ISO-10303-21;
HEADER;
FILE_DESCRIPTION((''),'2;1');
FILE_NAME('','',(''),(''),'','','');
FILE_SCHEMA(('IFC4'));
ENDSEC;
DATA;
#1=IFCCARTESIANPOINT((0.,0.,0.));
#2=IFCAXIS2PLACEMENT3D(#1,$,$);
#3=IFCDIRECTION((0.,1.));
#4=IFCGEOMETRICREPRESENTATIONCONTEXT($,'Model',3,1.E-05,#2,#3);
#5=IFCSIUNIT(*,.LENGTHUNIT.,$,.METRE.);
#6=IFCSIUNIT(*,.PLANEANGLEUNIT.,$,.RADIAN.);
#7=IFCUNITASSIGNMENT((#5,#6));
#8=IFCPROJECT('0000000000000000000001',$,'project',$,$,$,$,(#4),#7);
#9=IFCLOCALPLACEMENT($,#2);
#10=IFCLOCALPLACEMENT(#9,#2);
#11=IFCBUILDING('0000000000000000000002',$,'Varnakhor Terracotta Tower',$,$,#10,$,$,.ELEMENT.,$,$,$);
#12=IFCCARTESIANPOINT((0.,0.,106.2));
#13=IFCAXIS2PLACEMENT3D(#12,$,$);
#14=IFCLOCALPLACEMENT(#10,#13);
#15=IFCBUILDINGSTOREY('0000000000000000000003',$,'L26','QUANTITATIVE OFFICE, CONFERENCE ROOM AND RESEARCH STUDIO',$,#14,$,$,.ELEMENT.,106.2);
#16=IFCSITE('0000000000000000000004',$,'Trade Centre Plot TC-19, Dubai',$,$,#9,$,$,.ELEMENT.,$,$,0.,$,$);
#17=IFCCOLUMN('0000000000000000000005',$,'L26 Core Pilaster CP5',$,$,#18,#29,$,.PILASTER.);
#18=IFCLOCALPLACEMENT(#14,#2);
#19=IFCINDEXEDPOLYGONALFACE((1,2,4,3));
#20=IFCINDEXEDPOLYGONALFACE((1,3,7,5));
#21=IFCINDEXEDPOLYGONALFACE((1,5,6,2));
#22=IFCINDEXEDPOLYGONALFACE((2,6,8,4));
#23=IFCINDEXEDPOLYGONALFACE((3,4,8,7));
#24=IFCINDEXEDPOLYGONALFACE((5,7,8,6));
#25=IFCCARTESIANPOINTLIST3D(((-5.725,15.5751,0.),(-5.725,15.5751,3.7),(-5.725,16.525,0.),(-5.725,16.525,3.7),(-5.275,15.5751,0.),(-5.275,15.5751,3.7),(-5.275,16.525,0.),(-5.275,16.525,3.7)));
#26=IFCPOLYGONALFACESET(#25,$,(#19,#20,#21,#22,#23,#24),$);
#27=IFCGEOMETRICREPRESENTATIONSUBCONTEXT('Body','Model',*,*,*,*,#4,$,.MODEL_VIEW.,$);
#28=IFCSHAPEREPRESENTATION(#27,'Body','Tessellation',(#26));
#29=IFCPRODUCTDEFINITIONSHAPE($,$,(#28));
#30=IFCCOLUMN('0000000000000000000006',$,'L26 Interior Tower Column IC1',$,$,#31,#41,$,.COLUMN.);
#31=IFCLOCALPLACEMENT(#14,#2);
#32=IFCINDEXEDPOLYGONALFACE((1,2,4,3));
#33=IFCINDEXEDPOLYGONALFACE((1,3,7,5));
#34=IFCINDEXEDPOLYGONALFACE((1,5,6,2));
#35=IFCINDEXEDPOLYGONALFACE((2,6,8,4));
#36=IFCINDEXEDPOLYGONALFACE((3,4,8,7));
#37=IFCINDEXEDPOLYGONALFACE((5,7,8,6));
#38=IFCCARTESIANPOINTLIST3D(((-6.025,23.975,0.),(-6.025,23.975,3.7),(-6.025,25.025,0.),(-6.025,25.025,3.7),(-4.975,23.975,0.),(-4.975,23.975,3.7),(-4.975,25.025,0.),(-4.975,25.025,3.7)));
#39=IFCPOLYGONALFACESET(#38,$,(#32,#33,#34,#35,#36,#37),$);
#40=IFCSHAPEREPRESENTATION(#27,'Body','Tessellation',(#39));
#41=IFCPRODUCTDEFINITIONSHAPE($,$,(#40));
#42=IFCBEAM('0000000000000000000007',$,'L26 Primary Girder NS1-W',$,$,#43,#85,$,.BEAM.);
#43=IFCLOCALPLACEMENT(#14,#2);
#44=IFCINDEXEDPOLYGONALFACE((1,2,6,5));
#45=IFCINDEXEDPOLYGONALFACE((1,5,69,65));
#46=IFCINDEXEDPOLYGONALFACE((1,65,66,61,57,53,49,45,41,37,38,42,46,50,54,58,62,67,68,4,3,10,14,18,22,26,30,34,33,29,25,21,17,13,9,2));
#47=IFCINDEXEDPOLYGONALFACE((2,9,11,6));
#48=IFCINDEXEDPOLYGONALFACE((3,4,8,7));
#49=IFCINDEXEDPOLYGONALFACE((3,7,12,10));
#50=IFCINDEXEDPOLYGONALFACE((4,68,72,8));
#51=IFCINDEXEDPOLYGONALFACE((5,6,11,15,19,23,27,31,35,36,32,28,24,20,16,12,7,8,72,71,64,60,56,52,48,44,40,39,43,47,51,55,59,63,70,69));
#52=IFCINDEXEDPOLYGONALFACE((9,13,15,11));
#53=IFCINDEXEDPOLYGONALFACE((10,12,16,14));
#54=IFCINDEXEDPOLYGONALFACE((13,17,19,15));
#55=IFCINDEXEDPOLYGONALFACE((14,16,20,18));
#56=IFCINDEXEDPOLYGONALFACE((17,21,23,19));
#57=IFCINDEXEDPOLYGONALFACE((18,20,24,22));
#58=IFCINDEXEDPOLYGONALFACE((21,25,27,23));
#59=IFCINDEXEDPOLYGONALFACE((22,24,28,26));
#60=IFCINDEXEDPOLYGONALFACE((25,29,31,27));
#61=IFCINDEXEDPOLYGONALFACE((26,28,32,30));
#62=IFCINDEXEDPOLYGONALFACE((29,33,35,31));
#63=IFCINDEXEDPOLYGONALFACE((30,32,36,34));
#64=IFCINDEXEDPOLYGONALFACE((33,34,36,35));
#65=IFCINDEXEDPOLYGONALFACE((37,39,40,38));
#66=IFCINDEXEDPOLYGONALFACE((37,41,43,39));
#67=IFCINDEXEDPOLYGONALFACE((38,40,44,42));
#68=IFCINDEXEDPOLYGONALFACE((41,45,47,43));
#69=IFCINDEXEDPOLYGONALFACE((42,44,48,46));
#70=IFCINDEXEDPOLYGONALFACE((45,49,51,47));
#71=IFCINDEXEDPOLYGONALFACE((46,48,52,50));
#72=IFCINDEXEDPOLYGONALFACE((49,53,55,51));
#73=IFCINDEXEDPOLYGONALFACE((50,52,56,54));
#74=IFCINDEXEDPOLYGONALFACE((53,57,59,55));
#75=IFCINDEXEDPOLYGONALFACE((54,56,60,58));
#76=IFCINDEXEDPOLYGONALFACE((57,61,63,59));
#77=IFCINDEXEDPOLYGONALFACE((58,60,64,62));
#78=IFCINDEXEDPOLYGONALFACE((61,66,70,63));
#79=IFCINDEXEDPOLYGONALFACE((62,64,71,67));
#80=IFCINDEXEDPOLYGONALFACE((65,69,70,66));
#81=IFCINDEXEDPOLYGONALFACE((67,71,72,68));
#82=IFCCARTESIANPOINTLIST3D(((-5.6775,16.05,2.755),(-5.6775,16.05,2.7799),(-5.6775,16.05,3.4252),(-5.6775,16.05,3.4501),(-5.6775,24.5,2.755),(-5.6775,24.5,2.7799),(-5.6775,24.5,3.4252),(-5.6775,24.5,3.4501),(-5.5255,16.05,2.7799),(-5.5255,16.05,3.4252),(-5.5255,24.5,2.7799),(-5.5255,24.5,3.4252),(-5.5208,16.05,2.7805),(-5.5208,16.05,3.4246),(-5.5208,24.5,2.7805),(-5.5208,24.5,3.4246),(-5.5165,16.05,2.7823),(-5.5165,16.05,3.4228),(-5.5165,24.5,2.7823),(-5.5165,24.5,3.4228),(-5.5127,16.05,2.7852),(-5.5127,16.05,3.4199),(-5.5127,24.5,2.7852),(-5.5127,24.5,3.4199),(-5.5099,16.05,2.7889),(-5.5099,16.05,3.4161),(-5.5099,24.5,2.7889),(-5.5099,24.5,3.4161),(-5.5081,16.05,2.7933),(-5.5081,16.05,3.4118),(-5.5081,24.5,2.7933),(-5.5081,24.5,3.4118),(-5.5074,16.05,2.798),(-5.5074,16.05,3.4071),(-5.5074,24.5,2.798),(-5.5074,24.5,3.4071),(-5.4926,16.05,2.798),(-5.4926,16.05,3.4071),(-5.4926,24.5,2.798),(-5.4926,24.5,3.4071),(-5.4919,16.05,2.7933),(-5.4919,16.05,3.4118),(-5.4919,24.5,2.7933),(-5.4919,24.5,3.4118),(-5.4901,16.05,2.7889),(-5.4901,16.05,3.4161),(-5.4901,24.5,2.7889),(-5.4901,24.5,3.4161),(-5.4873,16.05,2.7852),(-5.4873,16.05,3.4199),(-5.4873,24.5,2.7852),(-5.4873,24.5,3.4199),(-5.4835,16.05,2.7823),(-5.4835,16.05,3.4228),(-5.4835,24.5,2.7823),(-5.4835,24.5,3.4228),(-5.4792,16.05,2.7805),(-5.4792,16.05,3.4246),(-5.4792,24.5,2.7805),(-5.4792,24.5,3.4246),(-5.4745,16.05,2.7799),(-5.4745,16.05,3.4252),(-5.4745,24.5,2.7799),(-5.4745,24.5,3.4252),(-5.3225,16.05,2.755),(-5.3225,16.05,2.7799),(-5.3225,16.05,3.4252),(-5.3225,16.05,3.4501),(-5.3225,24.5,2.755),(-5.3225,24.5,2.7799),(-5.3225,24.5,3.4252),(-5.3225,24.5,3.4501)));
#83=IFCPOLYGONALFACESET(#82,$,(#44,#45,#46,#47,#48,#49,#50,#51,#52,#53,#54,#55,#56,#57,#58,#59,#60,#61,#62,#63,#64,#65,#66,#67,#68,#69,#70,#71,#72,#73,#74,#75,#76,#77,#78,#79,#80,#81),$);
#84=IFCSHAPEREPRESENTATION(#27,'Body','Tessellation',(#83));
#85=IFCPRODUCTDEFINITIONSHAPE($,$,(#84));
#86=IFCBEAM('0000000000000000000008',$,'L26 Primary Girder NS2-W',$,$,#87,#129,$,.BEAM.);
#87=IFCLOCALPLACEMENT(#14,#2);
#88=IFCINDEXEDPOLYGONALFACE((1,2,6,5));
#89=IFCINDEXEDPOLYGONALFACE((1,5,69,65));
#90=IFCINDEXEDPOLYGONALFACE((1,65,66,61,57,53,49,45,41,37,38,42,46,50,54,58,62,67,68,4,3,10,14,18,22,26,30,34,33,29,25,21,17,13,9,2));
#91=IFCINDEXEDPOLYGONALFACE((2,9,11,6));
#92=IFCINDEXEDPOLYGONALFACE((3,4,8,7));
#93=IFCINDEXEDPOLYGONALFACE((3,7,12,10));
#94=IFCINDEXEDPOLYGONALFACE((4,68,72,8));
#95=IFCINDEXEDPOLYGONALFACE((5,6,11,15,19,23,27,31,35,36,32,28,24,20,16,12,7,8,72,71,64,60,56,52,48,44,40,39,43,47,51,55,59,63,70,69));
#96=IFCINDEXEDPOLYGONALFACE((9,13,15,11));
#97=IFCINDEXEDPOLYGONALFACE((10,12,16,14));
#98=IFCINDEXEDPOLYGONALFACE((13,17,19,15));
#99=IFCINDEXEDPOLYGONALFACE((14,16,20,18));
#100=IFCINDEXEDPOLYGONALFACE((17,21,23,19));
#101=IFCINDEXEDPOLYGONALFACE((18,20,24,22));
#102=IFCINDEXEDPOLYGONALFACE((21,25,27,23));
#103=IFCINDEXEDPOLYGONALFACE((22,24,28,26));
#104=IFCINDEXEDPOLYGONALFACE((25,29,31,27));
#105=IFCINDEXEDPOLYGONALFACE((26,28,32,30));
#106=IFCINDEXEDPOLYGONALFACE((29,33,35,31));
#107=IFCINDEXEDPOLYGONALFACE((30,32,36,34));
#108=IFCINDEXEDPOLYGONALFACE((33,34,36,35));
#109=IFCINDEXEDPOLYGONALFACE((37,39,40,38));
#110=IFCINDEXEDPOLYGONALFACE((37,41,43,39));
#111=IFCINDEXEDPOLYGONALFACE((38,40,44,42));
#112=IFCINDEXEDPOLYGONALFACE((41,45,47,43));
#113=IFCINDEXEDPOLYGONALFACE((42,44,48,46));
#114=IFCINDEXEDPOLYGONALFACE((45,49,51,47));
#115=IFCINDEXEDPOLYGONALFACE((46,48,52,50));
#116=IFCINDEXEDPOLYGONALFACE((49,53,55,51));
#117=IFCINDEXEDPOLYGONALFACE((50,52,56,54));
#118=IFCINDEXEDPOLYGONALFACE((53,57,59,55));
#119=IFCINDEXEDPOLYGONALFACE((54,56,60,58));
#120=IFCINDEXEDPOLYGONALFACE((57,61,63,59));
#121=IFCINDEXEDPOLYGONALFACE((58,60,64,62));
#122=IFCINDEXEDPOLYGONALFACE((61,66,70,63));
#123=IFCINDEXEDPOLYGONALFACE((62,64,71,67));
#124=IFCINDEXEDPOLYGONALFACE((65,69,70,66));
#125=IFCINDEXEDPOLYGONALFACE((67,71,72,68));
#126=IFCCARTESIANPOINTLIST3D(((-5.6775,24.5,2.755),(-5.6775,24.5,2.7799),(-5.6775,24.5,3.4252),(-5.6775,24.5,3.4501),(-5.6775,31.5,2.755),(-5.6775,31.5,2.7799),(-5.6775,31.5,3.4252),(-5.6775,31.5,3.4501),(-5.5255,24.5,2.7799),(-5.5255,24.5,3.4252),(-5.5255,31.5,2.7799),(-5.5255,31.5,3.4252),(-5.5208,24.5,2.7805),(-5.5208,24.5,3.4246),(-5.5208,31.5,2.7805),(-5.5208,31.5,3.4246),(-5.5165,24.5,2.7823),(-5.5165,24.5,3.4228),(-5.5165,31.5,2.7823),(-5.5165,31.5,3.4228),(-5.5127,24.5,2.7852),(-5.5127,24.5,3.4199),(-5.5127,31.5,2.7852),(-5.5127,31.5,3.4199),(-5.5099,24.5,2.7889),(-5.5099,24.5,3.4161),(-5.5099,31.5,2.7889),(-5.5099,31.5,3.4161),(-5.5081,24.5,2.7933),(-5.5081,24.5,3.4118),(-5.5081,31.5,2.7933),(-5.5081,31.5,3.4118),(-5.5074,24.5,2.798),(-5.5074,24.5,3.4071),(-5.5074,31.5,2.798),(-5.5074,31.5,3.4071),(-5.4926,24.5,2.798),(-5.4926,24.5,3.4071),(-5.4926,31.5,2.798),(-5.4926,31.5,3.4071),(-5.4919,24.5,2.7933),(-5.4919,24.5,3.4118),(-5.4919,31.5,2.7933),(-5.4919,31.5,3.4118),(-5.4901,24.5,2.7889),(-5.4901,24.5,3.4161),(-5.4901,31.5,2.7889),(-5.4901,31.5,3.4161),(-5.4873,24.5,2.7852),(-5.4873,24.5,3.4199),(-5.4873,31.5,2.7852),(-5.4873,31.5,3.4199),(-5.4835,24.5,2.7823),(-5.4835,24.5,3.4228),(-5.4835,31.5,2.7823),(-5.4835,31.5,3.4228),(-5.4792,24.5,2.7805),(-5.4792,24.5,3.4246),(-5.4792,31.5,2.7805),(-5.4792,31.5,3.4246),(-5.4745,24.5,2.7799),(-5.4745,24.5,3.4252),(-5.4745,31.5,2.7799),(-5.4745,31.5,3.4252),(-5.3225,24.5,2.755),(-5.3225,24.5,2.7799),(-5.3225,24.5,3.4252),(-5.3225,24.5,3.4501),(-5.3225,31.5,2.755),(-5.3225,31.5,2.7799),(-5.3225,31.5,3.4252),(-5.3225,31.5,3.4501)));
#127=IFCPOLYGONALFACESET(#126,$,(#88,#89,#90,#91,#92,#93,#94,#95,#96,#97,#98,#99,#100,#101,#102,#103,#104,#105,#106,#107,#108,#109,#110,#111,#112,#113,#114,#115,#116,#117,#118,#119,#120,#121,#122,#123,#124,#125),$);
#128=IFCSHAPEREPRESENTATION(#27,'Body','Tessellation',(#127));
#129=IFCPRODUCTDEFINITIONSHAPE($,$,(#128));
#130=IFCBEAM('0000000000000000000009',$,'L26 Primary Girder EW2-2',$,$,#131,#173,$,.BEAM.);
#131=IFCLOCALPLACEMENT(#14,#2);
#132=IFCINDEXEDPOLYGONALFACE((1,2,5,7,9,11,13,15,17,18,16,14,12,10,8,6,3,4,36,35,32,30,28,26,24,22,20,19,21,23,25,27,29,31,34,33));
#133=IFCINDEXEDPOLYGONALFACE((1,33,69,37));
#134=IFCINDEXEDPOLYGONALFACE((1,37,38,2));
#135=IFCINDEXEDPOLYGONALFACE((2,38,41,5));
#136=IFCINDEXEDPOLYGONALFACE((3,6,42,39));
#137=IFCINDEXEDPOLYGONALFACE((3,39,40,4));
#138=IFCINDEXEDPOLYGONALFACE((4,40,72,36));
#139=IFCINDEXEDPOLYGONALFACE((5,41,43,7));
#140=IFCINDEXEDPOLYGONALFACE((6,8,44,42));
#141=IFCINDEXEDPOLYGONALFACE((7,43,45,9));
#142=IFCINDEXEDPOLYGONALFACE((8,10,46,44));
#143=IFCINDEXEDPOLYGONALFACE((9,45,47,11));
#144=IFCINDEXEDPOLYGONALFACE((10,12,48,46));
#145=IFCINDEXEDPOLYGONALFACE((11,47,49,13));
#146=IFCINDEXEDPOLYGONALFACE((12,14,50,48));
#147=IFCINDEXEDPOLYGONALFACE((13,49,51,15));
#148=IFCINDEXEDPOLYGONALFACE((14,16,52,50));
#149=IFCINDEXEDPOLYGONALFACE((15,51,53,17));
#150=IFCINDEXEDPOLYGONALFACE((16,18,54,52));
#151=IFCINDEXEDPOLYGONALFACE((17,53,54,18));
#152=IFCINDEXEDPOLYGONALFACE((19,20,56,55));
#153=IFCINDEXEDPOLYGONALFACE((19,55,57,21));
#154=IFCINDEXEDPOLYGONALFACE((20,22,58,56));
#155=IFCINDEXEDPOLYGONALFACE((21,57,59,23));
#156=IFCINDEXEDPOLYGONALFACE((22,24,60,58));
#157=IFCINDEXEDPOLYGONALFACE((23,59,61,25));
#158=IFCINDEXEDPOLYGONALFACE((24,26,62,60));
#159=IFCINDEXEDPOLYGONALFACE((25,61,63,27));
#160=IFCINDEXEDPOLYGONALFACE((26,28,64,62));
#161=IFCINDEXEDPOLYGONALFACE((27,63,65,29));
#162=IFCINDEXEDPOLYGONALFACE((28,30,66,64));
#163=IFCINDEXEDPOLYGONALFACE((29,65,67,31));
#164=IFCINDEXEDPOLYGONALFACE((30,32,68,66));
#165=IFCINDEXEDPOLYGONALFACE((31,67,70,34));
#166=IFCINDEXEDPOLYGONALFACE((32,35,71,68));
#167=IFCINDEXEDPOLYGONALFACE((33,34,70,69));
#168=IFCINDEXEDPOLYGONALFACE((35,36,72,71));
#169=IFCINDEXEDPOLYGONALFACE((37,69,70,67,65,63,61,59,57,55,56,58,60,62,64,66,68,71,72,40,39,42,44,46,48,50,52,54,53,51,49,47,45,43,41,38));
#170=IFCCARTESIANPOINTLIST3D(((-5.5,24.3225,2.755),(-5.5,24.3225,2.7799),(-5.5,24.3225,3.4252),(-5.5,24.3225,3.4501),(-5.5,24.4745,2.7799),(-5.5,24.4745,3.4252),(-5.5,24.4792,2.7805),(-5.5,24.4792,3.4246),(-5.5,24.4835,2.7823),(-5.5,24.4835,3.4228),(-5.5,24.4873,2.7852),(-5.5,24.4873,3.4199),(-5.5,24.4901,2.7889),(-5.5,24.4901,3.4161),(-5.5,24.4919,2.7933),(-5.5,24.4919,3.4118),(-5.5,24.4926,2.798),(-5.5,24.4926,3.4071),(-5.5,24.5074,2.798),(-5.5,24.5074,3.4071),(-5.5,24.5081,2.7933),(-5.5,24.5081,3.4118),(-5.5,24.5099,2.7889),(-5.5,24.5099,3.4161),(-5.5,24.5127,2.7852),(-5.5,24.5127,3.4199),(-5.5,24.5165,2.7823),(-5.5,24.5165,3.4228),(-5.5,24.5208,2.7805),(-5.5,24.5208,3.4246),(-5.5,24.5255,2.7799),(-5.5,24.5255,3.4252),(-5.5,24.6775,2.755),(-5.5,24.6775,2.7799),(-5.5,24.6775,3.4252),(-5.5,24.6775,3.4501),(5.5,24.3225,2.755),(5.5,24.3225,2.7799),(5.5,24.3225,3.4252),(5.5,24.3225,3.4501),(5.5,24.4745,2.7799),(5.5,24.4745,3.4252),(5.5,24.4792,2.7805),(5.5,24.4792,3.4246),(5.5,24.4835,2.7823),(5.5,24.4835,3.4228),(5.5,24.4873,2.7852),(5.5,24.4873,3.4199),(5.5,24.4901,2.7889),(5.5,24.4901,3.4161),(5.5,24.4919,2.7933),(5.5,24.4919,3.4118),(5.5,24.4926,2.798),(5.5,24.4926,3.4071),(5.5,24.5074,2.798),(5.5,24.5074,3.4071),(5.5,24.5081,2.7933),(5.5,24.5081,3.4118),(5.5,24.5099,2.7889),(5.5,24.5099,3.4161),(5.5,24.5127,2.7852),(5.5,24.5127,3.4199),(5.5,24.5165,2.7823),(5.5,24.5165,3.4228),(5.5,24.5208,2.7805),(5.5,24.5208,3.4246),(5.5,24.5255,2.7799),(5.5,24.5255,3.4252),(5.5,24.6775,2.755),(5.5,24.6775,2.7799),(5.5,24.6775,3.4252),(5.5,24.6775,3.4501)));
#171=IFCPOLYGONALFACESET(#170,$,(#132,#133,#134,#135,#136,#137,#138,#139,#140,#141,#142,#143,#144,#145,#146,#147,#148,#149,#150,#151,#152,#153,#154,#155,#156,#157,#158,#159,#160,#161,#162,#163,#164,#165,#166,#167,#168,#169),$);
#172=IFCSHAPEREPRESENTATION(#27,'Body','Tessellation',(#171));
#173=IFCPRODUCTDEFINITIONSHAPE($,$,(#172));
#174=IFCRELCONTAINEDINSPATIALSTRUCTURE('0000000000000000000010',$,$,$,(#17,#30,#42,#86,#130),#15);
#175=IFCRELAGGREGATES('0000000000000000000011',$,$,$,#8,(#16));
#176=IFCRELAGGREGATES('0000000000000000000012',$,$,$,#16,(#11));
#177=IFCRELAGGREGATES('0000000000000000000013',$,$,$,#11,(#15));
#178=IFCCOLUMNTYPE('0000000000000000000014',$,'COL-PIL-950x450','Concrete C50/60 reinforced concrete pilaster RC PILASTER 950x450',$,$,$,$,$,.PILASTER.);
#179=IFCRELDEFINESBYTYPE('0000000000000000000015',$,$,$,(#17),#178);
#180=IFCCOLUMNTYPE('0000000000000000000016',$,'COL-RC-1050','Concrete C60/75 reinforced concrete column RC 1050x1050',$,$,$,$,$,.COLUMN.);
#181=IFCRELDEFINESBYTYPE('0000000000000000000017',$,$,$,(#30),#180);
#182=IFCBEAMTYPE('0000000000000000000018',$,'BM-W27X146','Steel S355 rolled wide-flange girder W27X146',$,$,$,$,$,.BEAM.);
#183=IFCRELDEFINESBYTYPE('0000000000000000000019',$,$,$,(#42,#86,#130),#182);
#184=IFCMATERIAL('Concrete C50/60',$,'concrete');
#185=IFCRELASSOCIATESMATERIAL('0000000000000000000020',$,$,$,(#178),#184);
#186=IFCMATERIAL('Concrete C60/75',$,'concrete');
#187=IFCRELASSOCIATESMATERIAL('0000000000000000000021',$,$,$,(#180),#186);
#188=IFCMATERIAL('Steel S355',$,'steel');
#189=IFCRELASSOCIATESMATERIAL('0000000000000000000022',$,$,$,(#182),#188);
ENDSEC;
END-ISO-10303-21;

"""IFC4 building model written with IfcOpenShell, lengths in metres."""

from ifc_helpers import new_model, si_unit, direction, frame, origin, origin_2d, place, context, subcontext, project, spatial, rectangle, i_section, extrude, source, transform, mapped, material, material_profile, profile_set, type_object, type_shapes, element, save


model = new_model("IFC4")

# Units and contexts
model_context = context("Model", 3, precision=1e-05, world=origin(), true_north=direction((0.0, 1.0)))
body_context = subcontext(model_context, "Body", "Model", "MODEL_VIEW")
ifc_project = project(units=[si_unit("LENGTHUNIT", "METRE"), si_unit("PLANEANGLEUNIT", "RADIAN")], contexts=[model_context])

# Site, building, storey
site_placement = place(None, origin())
site = spatial("IfcSite", under=ifc_project, at=site_placement, Name="Trade Centre Plot TC-19, Dubai", CompositionType="ELEMENT", RefElevation=0.0)
building_placement = place(site_placement, origin())
building = spatial("IfcBuilding", under=site, at=building_placement, Name="Varnakhor Terracotta Tower", CompositionType="ELEMENT")
storey_placement = place(building_placement, frame((0.0, 0.0, 106.2)))
storey = spatial("IfcBuildingStorey", under=building, at=storey_placement, Name="L26", Description="QUANTITATIVE OFFICE, CONFERENCE ROOM AND RESEARCH STUDIO", CompositionType="ELEMENT", Elevation=106.2)

# Columns
ifc_material_1 = material(Name="Concrete C50/60", Category="concrete")
ifc_material_profile_1 = material_profile(ifc_material_1, rectangle(XDim=0.45, YDim=0.95, at=origin_2d()), Name="RC PILASTER 950x450")
ifc_profile_set_1 = profile_set([ifc_material_profile_1], Name="Concrete C50/60")
column_type_1 = type_object("IfcColumnType", Name="COL-PIL-950x450", Description="Concrete C50/60 reinforced concrete pilaster RC PILASTER 950x450", PredefinedType="PILASTER", material=ifc_profile_set_1)
shared_shape_1 = source(origin(), body_context, "Body", "SweptSolid", [
    extrude(rectangle(XDim=0.45, YDim=0.95, at=origin_2d()), origin(), (0.0, 0.0, 1.0), 3.7),
])
column_1_placement = place(storey_placement, frame((-5.5, 16.05, 0.0), z_axis=(0.0, 0.0, 1.0), x_axis=(1.0, 0.0, 0.0)))
element("IfcColumn", 1, at=column_1_placement, inside=storey, type_object=column_type_1, Name="L26 Core Pilaster CP5", PredefinedType="PILASTER", context=body_context, shape_type="MappedRepresentation", body=[
    mapped(shared_shape_1, transform((0.0, 0.0, 0.0), scale=1.0)),
])
ifc_material_2 = material(Name="Concrete C60/75", Category="concrete")
ifc_material_profile_2 = material_profile(ifc_material_2, rectangle(XDim=1.05, YDim=1.05, at=origin_2d()), Name="RC 1050x1050")
ifc_profile_set_2 = profile_set([ifc_material_profile_2], Name="Concrete C60/75")
column_type_2 = type_object("IfcColumnType", Name="COL-RC-1050", Description="Concrete C60/75 reinforced concrete column RC 1050x1050", PredefinedType="COLUMN", material=ifc_profile_set_2)
shared_shape_2 = source(origin(), body_context, "Body", "SweptSolid", [
    extrude(rectangle(XDim=1.05, YDim=1.05, at=origin_2d()), origin(), (0.0, 0.0, 1.0), 3.7),
])
column_2_placement = place(storey_placement, frame((-5.5, 24.5, 0.0), z_axis=(0.0, 0.0, 1.0), x_axis=(1.0, 0.0, 0.0)))
element("IfcColumn", 2, at=column_2_placement, inside=storey, type_object=column_type_2, Name="L26 Interior Tower Column IC1", PredefinedType="COLUMN", context=body_context, shape_type="MappedRepresentation", body=[
    mapped(shared_shape_2, transform((0.0, 0.0, 0.0), scale=1.0)),
])

# Beams
ifc_material_3 = material(Name="Steel S355", Category="steel")
ifc_material_profile_3 = material_profile(ifc_material_3, i_section(OverallWidth=0.355, OverallDepth=0.6951, WebThickness=0.0149, FlangeThickness=0.0249, FilletRadius=0.0181, at=origin_2d()), Name="W27X146")
ifc_profile_set_3 = profile_set([ifc_material_profile_3], Name="Steel S355")
beam_type_1 = type_object("IfcBeamType", Name="BM-W27X146", Description="Steel S355 rolled wide-flange girder W27X146", PredefinedType="BEAM", material=ifc_profile_set_3)
shared_shape_3 = source(origin(), body_context, "Body", "SweptSolid", [
    extrude(i_section(OverallWidth=0.355, OverallDepth=0.6951, WebThickness=0.0149, FlangeThickness=0.0249, FilletRadius=0.0181, at=origin_2d()), origin(), (0.0, 0.0, 1.0), 8.45),
])
type_shapes(beam_type_1, [shared_shape_3])
beam_1_placement = place(storey_placement, frame((-5.5, 16.05, 3.1025), z_axis=(0.0, 1.0, 0.0), x_axis=(-1.0, 0.0, 0.0)))
element("IfcBeam", 3, at=beam_1_placement, inside=storey, type_object=beam_type_1, Name="L26 Primary Girder NS1-W", PredefinedType="BEAM", context=body_context, shape_type="MappedRepresentation", body=[
    mapped(shared_shape_3, transform((0.0, 0.0, 0.0), scale=1.0)),
])
shared_shape_4 = source(origin(), body_context, "Body", "SweptSolid", [
    extrude(i_section(OverallWidth=0.355, OverallDepth=0.6951, WebThickness=0.0149, FlangeThickness=0.0249, FilletRadius=0.0181, at=origin_2d()), origin(), (0.0, 0.0, 1.0), 7.0),
])
beam_2_placement = place(storey_placement, frame((-5.5, 24.5, 3.1025), z_axis=(0.0, 1.0, 0.0), x_axis=(-1.0, 0.0, 0.0)))
element("IfcBeam", 4, at=beam_2_placement, inside=storey, type_object=beam_type_1, Name="L26 Primary Girder NS2-W", PredefinedType="BEAM", context=body_context, shape_type="MappedRepresentation", body=[
    mapped(shared_shape_4, transform((0.0, 0.0, 0.0), scale=1.0)),
])
shared_shape_5 = source(origin(), body_context, "Body", "SweptSolid", [
    extrude(i_section(OverallWidth=0.355, OverallDepth=0.6951, WebThickness=0.0149, FlangeThickness=0.0249, FilletRadius=0.0181, at=origin_2d()), origin(), (0.0, 0.0, 1.0), 11.0),
])
beam_3_placement = place(storey_placement, frame((-5.5, 24.5, 3.1025), z_axis=(1.0, 0.0, 0.0), x_axis=(0.0, 1.0, 0.0)))
element("IfcBeam", 5, at=beam_3_placement, inside=storey, type_object=beam_type_1, Name="L26 Primary Girder EW2-2", PredefinedType="BEAM", context=body_context, shape_type="MappedRepresentation", body=[
    mapped(shared_shape_5, transform((0.0, 0.0, 0.0), scale=1.0)),
])

save(model, "model.ifc")
